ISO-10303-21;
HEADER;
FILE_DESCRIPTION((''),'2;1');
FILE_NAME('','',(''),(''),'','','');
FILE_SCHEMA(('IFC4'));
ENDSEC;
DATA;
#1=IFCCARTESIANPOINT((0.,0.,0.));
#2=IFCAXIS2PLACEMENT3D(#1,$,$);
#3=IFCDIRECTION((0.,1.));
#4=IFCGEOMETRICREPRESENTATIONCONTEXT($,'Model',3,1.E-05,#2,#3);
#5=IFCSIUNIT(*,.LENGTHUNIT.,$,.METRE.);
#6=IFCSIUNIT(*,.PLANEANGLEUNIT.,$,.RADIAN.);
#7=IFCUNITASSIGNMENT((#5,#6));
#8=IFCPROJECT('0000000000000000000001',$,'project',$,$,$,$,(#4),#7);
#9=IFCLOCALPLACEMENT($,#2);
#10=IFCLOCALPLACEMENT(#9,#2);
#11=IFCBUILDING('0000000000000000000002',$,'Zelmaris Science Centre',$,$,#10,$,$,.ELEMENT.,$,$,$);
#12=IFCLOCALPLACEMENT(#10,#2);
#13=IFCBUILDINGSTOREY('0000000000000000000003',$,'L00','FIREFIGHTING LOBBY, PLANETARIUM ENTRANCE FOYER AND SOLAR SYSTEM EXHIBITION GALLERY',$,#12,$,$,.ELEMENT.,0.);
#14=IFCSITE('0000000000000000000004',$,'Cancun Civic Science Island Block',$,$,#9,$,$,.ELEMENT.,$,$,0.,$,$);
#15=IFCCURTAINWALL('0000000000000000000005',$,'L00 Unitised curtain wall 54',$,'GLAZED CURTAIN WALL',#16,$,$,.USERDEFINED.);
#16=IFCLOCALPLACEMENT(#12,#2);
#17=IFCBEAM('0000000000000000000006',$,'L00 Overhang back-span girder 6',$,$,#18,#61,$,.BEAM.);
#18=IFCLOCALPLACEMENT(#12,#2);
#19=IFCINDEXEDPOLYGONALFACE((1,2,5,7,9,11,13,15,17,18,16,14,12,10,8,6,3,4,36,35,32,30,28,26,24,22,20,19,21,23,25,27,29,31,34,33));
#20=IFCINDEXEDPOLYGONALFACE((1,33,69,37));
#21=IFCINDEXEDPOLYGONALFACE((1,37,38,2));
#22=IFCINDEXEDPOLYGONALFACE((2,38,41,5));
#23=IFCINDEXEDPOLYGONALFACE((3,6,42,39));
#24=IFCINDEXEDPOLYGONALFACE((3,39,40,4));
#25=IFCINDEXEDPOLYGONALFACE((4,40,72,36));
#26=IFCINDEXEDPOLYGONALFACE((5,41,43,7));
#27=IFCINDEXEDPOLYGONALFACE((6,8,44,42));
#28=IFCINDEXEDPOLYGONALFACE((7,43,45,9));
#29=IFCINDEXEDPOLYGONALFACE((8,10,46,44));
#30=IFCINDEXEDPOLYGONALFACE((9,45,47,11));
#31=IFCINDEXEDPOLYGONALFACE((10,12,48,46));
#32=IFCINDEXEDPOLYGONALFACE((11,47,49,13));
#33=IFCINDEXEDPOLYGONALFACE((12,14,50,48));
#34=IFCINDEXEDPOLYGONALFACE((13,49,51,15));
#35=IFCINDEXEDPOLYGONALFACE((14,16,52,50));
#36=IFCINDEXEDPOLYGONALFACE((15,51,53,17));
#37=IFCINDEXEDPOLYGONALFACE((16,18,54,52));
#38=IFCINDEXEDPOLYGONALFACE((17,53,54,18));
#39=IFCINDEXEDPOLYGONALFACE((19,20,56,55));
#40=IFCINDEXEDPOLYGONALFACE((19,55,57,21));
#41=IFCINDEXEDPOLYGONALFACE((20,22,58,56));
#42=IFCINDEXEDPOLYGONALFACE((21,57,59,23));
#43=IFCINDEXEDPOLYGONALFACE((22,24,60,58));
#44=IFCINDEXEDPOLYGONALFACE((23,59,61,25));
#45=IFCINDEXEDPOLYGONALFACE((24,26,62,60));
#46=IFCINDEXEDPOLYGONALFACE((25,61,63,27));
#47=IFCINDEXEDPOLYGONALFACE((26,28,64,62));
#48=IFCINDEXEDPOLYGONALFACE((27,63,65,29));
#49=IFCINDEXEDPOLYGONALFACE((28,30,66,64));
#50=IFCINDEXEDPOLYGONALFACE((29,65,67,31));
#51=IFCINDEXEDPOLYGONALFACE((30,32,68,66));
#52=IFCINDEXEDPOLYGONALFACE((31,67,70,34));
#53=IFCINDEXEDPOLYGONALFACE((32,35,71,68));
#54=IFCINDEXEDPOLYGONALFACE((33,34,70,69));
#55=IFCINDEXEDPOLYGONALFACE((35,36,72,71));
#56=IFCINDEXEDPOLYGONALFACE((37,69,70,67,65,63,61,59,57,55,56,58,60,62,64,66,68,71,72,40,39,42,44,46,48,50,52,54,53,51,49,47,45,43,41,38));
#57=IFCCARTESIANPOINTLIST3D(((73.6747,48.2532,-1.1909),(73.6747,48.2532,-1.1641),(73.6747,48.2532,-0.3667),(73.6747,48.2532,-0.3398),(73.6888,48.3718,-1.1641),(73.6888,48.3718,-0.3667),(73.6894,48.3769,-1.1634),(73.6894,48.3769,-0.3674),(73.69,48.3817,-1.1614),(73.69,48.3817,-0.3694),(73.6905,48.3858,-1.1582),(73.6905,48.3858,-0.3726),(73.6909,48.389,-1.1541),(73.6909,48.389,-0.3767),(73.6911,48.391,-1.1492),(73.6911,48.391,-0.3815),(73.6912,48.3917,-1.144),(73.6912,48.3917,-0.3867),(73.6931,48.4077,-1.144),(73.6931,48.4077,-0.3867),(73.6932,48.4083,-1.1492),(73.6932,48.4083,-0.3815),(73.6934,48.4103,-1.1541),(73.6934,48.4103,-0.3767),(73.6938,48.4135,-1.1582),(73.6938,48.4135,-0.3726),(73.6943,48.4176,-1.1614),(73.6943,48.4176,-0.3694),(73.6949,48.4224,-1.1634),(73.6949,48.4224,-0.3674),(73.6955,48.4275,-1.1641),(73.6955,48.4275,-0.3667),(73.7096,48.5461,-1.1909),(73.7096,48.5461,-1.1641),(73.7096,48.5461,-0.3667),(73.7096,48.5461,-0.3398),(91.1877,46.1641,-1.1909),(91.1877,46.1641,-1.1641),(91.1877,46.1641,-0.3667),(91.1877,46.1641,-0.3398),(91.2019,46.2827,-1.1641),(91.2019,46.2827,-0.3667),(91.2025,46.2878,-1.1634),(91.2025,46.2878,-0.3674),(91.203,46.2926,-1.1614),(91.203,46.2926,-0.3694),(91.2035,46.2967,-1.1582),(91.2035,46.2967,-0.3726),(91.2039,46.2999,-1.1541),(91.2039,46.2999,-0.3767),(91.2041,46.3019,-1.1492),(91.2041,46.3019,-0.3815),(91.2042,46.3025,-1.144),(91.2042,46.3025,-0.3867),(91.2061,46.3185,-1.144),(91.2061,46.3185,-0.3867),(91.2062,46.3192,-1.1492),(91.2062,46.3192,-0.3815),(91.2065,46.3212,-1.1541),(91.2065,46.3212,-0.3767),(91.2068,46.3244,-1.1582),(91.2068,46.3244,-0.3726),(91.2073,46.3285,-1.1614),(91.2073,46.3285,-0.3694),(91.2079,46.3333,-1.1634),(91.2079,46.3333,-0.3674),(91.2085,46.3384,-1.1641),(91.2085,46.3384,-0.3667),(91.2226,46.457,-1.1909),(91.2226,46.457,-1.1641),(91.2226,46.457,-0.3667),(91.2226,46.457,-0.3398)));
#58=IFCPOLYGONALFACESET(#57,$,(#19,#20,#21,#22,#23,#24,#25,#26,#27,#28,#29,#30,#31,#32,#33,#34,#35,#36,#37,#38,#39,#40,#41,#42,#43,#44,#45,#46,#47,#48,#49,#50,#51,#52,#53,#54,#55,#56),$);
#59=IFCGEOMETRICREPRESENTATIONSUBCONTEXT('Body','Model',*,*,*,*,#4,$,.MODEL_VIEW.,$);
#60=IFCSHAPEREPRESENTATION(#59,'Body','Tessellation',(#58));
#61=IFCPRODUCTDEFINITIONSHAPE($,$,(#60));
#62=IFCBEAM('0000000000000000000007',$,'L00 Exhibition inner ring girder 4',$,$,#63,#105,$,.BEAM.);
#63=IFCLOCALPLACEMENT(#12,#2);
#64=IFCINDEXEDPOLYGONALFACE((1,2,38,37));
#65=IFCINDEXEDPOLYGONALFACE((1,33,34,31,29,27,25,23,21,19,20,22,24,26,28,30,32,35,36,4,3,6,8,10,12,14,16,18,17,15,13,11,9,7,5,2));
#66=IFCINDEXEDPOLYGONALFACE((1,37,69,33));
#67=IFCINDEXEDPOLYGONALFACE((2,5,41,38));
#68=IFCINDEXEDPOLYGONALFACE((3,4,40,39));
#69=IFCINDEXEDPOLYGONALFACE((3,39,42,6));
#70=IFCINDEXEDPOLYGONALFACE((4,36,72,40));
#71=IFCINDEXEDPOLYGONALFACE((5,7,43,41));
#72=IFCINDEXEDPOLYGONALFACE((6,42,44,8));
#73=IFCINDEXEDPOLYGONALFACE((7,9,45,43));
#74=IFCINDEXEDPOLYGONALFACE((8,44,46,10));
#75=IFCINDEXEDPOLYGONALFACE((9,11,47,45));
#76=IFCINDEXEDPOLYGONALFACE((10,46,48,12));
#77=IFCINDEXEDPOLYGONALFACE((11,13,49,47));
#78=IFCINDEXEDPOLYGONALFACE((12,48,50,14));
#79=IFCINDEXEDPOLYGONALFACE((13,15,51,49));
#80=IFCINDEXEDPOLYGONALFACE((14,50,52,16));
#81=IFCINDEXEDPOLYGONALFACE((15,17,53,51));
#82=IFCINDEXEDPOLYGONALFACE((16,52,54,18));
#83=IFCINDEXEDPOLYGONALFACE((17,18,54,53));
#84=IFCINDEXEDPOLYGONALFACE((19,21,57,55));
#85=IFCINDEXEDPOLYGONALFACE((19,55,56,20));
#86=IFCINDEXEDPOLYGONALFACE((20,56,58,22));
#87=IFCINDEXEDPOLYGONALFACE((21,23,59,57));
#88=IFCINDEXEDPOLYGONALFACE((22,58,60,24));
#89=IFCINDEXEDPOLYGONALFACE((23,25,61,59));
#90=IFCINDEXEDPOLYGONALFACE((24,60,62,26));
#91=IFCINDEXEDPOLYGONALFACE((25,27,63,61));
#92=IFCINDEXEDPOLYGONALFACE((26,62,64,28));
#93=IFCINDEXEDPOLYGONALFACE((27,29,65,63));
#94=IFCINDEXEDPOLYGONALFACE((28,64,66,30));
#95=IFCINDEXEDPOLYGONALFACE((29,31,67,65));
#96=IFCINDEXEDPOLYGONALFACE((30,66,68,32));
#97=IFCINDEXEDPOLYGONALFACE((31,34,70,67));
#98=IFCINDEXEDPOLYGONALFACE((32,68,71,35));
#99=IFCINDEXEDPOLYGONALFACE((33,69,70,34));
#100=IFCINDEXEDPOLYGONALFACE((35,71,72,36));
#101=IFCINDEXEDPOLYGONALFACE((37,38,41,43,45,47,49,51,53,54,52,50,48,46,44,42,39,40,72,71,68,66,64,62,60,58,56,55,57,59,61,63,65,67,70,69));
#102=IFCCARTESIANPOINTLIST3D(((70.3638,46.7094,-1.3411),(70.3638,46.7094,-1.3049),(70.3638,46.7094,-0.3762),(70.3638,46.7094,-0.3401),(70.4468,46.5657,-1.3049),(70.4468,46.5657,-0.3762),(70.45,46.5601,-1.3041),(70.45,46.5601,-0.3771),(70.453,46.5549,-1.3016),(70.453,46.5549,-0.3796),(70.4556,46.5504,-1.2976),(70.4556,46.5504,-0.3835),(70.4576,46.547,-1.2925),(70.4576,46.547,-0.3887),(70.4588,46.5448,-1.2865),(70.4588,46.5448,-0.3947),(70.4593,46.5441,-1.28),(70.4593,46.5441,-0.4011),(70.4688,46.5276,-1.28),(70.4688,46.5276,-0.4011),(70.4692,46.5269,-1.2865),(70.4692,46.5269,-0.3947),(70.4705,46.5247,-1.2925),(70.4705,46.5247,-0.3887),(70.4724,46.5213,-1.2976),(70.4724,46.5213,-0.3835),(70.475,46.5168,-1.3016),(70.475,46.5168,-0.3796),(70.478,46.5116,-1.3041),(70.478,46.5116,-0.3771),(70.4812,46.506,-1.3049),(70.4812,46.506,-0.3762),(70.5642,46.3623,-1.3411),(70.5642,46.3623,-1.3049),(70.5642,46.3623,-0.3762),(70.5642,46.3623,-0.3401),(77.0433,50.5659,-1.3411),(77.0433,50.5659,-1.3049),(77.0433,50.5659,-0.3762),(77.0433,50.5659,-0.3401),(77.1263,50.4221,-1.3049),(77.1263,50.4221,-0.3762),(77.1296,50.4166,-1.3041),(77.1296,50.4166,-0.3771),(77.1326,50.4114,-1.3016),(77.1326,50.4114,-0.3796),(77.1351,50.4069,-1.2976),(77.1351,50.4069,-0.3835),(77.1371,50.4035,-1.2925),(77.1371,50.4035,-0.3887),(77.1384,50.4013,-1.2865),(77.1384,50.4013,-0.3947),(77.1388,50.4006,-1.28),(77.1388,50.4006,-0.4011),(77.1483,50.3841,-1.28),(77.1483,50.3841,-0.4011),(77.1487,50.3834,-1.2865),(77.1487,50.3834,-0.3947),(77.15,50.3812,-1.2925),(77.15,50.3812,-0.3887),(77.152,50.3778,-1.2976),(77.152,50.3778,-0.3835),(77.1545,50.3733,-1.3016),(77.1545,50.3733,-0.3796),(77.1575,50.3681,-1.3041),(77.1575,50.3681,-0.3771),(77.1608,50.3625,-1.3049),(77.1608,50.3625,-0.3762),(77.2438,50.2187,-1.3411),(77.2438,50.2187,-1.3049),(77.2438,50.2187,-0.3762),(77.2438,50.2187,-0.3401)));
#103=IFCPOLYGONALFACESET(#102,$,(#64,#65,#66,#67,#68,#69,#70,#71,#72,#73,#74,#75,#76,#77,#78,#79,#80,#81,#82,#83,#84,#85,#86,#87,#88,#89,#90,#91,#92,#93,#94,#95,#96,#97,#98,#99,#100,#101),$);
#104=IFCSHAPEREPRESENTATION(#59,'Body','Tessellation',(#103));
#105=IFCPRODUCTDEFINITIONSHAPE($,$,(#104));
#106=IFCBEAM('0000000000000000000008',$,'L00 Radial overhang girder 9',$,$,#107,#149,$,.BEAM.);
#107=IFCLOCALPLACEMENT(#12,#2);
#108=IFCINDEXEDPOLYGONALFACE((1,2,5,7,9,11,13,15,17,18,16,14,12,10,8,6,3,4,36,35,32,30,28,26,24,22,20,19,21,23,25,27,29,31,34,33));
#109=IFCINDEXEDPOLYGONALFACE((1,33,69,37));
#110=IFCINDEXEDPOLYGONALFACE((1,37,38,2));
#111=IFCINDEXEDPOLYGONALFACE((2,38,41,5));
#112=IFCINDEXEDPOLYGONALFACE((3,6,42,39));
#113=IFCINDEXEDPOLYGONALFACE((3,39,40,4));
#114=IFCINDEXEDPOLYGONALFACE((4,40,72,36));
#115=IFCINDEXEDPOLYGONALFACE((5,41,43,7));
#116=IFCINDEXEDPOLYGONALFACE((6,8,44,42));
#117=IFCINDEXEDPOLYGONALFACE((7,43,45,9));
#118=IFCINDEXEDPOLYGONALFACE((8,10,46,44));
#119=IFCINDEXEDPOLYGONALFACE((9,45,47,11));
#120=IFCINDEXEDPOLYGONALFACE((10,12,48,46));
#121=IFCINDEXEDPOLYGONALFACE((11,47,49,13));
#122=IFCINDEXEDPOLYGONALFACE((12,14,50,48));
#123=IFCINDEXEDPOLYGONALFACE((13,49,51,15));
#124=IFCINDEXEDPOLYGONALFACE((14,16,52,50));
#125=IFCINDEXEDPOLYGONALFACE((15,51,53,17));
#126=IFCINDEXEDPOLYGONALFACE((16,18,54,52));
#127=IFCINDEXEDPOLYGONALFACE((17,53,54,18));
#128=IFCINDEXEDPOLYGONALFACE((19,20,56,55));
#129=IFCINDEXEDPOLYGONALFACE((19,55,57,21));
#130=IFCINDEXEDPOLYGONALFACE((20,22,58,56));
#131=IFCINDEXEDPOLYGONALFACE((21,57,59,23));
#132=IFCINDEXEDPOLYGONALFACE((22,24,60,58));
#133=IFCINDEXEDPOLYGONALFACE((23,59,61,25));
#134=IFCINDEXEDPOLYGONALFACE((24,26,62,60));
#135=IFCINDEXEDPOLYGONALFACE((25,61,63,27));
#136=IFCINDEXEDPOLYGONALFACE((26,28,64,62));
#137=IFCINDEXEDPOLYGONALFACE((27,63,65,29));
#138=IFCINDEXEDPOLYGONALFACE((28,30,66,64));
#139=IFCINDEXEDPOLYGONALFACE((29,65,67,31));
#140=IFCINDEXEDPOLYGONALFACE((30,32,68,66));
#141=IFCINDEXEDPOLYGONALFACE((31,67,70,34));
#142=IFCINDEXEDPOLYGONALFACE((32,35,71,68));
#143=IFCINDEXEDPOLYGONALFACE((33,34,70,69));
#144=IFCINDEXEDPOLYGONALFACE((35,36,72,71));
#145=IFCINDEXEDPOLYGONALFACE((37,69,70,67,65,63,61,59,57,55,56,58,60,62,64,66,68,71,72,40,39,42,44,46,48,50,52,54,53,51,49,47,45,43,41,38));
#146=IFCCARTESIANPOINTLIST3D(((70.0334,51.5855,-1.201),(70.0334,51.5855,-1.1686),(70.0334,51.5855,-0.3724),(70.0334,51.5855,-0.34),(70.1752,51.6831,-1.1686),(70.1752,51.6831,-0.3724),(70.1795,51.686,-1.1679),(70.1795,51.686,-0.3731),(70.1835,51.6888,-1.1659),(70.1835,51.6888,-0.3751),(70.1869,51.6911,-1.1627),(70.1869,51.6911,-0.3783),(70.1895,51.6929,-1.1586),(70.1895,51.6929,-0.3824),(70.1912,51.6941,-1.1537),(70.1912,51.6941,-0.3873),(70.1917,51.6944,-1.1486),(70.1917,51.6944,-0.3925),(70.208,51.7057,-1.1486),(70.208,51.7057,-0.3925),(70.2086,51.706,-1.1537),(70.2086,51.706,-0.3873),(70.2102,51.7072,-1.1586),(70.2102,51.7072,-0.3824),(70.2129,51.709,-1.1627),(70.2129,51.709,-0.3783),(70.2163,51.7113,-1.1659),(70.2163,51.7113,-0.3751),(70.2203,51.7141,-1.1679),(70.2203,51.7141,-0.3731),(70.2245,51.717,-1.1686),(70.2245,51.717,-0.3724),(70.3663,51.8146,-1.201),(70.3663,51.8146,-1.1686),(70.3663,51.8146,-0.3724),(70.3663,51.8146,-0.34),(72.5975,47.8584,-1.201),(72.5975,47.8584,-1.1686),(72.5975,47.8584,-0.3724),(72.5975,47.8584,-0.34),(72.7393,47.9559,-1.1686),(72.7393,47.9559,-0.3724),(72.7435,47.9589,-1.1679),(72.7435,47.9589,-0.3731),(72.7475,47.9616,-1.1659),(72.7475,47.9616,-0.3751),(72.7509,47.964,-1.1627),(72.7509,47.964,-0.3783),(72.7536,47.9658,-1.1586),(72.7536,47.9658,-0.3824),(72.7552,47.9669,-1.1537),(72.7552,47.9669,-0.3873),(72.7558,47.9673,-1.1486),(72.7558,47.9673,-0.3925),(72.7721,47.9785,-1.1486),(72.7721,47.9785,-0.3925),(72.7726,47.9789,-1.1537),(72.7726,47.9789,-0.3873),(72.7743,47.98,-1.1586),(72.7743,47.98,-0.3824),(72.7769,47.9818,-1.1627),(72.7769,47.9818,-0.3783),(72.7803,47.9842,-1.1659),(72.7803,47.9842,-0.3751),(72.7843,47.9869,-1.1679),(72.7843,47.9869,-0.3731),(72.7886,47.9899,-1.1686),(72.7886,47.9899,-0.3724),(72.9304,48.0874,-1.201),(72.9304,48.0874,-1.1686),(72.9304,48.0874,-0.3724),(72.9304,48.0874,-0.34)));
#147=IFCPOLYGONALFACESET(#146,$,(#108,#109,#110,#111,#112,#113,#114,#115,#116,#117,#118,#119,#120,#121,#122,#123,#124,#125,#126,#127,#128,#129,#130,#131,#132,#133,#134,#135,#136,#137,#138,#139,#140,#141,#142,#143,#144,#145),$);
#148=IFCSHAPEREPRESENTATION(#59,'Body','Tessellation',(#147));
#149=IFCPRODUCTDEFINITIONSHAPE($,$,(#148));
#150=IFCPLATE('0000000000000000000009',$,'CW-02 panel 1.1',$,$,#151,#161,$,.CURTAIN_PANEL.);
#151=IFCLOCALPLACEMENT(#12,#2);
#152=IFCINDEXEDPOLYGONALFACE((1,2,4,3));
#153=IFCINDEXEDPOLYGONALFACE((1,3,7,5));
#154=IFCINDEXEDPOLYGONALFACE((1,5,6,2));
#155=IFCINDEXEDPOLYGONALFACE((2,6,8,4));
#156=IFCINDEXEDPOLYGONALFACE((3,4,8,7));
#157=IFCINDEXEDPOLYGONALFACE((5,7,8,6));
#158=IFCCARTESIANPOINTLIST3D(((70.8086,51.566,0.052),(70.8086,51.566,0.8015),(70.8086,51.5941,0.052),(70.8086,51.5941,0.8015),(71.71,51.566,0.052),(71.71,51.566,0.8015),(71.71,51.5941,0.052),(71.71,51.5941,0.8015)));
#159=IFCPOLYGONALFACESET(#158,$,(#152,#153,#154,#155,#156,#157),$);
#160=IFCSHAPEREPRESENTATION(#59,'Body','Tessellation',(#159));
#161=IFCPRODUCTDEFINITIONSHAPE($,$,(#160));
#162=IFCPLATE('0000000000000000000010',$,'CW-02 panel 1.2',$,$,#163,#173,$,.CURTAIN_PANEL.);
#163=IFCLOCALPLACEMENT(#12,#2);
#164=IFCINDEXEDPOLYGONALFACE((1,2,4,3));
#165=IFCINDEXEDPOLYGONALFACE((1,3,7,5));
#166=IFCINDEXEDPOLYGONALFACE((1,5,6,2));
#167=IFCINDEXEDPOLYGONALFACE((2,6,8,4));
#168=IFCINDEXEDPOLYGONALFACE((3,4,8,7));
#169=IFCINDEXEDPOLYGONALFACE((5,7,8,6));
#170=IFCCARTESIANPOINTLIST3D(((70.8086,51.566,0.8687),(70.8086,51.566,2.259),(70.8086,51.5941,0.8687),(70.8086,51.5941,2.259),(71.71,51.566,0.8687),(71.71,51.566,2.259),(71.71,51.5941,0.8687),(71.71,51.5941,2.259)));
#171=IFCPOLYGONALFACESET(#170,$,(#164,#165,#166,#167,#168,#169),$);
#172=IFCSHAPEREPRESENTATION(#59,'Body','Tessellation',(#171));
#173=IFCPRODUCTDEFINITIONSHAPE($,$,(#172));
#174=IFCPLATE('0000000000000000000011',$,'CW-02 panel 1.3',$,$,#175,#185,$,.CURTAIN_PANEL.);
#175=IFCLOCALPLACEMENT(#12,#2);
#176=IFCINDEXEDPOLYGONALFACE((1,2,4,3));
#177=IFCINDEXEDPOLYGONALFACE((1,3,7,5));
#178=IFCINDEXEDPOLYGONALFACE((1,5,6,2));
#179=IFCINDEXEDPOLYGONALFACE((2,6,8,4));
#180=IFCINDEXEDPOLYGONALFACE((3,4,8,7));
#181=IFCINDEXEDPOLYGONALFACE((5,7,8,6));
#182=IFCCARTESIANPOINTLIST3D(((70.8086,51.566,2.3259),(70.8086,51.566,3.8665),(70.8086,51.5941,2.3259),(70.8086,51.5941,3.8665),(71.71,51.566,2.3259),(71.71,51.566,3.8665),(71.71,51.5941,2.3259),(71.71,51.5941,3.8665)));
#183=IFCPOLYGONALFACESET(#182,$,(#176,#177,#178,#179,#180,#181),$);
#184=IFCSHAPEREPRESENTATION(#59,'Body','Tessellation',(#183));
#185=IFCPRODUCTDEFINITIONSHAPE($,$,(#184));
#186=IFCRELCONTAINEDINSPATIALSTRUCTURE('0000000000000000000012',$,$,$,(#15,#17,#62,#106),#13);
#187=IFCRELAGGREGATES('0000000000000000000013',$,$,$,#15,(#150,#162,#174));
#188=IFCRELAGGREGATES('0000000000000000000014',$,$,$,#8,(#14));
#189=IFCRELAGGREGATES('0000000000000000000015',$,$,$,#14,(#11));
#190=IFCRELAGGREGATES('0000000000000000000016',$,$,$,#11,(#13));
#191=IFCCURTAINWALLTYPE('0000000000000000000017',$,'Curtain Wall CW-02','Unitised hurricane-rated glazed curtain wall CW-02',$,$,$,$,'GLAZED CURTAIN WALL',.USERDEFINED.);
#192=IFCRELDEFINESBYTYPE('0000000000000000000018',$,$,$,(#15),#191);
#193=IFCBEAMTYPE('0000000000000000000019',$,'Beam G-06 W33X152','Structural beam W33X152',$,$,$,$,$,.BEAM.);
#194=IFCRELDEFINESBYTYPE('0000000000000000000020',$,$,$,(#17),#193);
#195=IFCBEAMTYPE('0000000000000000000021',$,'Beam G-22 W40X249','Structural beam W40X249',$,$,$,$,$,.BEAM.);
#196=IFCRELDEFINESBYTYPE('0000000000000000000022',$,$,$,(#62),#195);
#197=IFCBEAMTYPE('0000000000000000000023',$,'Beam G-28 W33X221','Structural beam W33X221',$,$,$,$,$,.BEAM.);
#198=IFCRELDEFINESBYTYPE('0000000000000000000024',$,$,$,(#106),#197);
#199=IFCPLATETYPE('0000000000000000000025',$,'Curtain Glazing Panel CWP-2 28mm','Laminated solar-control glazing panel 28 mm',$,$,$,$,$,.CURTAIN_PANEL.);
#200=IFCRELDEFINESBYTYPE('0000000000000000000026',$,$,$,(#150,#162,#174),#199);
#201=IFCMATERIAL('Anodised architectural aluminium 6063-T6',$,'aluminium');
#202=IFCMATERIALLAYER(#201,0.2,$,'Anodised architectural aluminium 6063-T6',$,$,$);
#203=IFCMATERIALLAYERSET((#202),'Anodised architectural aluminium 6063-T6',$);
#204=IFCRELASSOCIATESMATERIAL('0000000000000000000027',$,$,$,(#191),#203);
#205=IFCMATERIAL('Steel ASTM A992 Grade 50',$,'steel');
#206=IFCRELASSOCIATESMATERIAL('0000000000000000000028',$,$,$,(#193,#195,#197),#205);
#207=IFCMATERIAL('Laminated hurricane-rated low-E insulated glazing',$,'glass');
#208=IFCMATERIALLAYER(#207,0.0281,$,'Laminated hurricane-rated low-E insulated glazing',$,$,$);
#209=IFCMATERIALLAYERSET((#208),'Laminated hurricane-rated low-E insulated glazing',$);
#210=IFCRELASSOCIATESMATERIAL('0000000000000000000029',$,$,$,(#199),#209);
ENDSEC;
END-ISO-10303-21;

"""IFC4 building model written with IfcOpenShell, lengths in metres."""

from ifc_helpers import new_model, si_unit, direction, frame, origin, origin_2d, place, context, subcontext, project, spatial, rectangle, i_section, extrude, material, layer, layer_set, material_profile, profile_set, type_object, element, aggregate, save


model = new_model("IFC4")

# Units and contexts
model_context = context("Model", 3, precision=1e-05, world=origin(), true_north=direction((0.0, 1.0)))
body_context = subcontext(model_context, "Body", "Model", "MODEL_VIEW")
ifc_project = project(units=[si_unit("LENGTHUNIT", "METRE"), si_unit("PLANEANGLEUNIT", "RADIAN")], contexts=[model_context])

# Site, building, storey
site_placement = place(None, origin())
site = spatial("IfcSite", under=ifc_project, at=site_placement, Name="Cancun Civic Science Island Block", CompositionType="ELEMENT", RefElevation=0.0)
building_placement = place(site_placement, origin())
building = spatial("IfcBuilding", under=site, at=building_placement, Name="Zelmaris Science Centre", CompositionType="ELEMENT")
storey_placement = place(building_placement, origin())
storey = spatial("IfcBuildingStorey", under=building, at=storey_placement, Name="L00", Description="FIREFIGHTING LOBBY, PLANETARIUM ENTRANCE FOYER AND SOLAR SYSTEM EXHIBITION GALLERY", CompositionType="ELEMENT", Elevation=0.0)

# Shared definitions
ifc_material_1 = material(Name="Steel ASTM A992 Grade 50", Category="steel")

# Curtain wall
ifc_material_2 = material(Name="Anodised architectural aluminium 6063-T6", Category="aluminium")
ifc_layer_1 = layer(ifc_material_2, 0.2, Name="Anodised architectural aluminium 6063-T6")
ifc_layer_set_1 = layer_set([ifc_layer_1], Name="Anodised architectural aluminium 6063-T6")
curtain_wall_type = type_object("IfcCurtainWallType", Name="Curtain Wall CW-02", Description="Unitised hurricane-rated glazed curtain wall CW-02", ElementType="GLAZED CURTAIN WALL", PredefinedType="USERDEFINED", material=ifc_layer_set_1)
curtain_wall_placement = place(storey_placement, origin())
curtain_wall = element("IfcCurtainWall", 1, at=curtain_wall_placement, inside=storey, type_object=curtain_wall_type, Name="L00 Unitised curtain wall 54", ObjectType="GLAZED CURTAIN WALL", PredefinedType="USERDEFINED")

# Beams
ifc_material_profile_1 = material_profile(ifc_material_1, i_section(OverallWidth=0.2949, OverallDepth=0.8511, WebThickness=0.0161, FlangeThickness=0.0269, FilletRadius=0.02, at=origin_2d()), Name="W33X152")
ifc_profile_set_1 = profile_set([ifc_material_profile_1], Name="Steel ASTM A992 Grade 50")
beam_type_1 = type_object("IfcBeamType", Name="Beam G-06 W33X152", Description="Structural beam W33X152", PredefinedType="BEAM", material=ifc_profile_set_1)
beam_1_placement = place(storey_placement, frame((73.6921, 48.3997, -0.7654), z_axis=(0.99296, -0.11845, 0.0), x_axis=(0.11845, 0.99296, 0.0)))
element("IfcBeam", 2, at=beam_1_placement, inside=storey, type_object=beam_type_1, Name="L00 Overhang back-span girder 6", PredefinedType="BEAM", context=body_context, shape_type="SweptSolid", body=[
    extrude(i_section(OverallWidth=0.2949, OverallDepth=0.8511, WebThickness=0.0161, FlangeThickness=0.0269, FilletRadius=0.02, at=origin_2d()), origin(), (0.0, 0.0, 1.0), 17.6372),
])
ifc_material_profile_2 = material_profile(ifc_material_1, i_section(OverallWidth=0.4009, OverallDepth=1.001, WebThickness=0.019, FlangeThickness=0.0361, FilletRadius=0.0249, at=origin_2d()), Name="W40X249")
ifc_profile_set_2 = profile_set([ifc_material_profile_2], Name="Steel ASTM A992 Grade 50")
beam_type_2 = type_object("IfcBeamType", Name="Beam G-22 W40X249", Description="Structural beam W40X249", PredefinedType="BEAM", material=ifc_profile_set_2)
beam_2_placement = place(storey_placement, frame((77.1436, 50.3923, -0.8406), z_axis=(-0.866022, -0.500007, 0.0), x_axis=(0.500007, -0.866022, 0.0)))
element("IfcBeam", 3, at=beam_2_placement, inside=storey, type_object=beam_type_2, Name="L00 Exhibition inner ring girder 4", PredefinedType="BEAM", context=body_context, shape_type="SweptSolid", body=[
    extrude(i_section(OverallWidth=0.4009, OverallDepth=1.001, WebThickness=0.019, FlangeThickness=0.0361, FilletRadius=0.0249, at=origin_2d()), origin(), (0.0, 0.0, 1.0), 7.7129),
])
ifc_material_profile_3 = material_profile(ifc_material_1, i_section(OverallWidth=0.4041, OverallDepth=0.8611, WebThickness=0.0198, FlangeThickness=0.0325, FilletRadius=0.02, at=origin_2d()), Name="W33X221")
ifc_profile_set_3 = profile_set([ifc_material_profile_3], Name="Steel ASTM A992 Grade 50")
beam_type_3 = type_object("IfcBeamType", Name="Beam G-28 W33X221", Description="Structural beam W33X221", PredefinedType="BEAM", material=ifc_profile_set_3)
beam_3_placement = place(storey_placement, frame((72.7639, 47.9729, -0.7705), z_axis=(-0.566772, 0.823875, 0.0), x_axis=(-0.823875, -0.566772, 0.0)))
element("IfcBeam", 4, at=beam_3_placement, inside=storey, type_object=beam_type_3, Name="L00 Radial overhang girder 9", PredefinedType="BEAM", context=body_context, shape_type="SweptSolid", body=[
    extrude(i_section(OverallWidth=0.4041, OverallDepth=0.8611, WebThickness=0.0198, FlangeThickness=0.0325, FilletRadius=0.02, at=origin_2d()), origin(), (0.0, 0.0, 1.0), 4.5239),
])

# Plates
ifc_material_3 = material(Name="Laminated hurricane-rated low-E insulated glazing", Category="glass")
ifc_layer_2 = layer(ifc_material_3, 0.0281, Name="Laminated hurricane-rated low-E insulated glazing")
ifc_layer_set_2 = layer_set([ifc_layer_2], Name="Laminated hurricane-rated low-E insulated glazing")
plate_type = type_object("IfcPlateType", Name="Curtain Glazing Panel CWP-2 28mm", Description="Laminated solar-control glazing panel 28 mm", PredefinedType="CURTAIN_PANEL", material=ifc_layer_set_2)
plate_1_placement = place(storey_placement, frame((71.2593, 51.5801, 0.052), z_axis=(0.0, 0.0, 1.0), x_axis=(1.0, 0.0, 0.0)))
plate_1 = element("IfcPlate", 5, at=plate_1_placement, type_object=plate_type, Name="CW-02 panel 1.1", PredefinedType="CURTAIN_PANEL", context=body_context, shape_type="SweptSolid", body=[
    extrude(rectangle(XDim=0.9014, YDim=0.0281, at=origin_2d()), origin(), (0.0, 0.0, 1.0), 0.7495),
])
plate_2_placement = place(storey_placement, frame((71.2593, 51.5801, 0.8687), z_axis=(0.0, 0.0, 1.0), x_axis=(1.0, 0.0, 0.0)))
plate_2 = element("IfcPlate", 6, at=plate_2_placement, type_object=plate_type, Name="CW-02 panel 1.2", PredefinedType="CURTAIN_PANEL", context=body_context, shape_type="SweptSolid", body=[
    extrude(rectangle(XDim=0.9014, YDim=0.0281, at=origin_2d()), origin(), (0.0, 0.0, 1.0), 1.3904),
])
plate_3_placement = place(storey_placement, frame((71.2593, 51.5801, 2.3259), z_axis=(0.0, 0.0, 1.0), x_axis=(1.0, 0.0, 0.0)))
plate_3 = element("IfcPlate", 7, at=plate_3_placement, type_object=plate_type, Name="CW-02 panel 1.3", PredefinedType="CURTAIN_PANEL", context=body_context, shape_type="SweptSolid", body=[
    extrude(rectangle(XDim=0.9014, YDim=0.0281, at=origin_2d()), origin(), (0.0, 0.0, 1.0), 1.5405),
])
aggregate(curtain_wall, [plate_1, plate_2, plate_3])

save(model, "model.ifc")
